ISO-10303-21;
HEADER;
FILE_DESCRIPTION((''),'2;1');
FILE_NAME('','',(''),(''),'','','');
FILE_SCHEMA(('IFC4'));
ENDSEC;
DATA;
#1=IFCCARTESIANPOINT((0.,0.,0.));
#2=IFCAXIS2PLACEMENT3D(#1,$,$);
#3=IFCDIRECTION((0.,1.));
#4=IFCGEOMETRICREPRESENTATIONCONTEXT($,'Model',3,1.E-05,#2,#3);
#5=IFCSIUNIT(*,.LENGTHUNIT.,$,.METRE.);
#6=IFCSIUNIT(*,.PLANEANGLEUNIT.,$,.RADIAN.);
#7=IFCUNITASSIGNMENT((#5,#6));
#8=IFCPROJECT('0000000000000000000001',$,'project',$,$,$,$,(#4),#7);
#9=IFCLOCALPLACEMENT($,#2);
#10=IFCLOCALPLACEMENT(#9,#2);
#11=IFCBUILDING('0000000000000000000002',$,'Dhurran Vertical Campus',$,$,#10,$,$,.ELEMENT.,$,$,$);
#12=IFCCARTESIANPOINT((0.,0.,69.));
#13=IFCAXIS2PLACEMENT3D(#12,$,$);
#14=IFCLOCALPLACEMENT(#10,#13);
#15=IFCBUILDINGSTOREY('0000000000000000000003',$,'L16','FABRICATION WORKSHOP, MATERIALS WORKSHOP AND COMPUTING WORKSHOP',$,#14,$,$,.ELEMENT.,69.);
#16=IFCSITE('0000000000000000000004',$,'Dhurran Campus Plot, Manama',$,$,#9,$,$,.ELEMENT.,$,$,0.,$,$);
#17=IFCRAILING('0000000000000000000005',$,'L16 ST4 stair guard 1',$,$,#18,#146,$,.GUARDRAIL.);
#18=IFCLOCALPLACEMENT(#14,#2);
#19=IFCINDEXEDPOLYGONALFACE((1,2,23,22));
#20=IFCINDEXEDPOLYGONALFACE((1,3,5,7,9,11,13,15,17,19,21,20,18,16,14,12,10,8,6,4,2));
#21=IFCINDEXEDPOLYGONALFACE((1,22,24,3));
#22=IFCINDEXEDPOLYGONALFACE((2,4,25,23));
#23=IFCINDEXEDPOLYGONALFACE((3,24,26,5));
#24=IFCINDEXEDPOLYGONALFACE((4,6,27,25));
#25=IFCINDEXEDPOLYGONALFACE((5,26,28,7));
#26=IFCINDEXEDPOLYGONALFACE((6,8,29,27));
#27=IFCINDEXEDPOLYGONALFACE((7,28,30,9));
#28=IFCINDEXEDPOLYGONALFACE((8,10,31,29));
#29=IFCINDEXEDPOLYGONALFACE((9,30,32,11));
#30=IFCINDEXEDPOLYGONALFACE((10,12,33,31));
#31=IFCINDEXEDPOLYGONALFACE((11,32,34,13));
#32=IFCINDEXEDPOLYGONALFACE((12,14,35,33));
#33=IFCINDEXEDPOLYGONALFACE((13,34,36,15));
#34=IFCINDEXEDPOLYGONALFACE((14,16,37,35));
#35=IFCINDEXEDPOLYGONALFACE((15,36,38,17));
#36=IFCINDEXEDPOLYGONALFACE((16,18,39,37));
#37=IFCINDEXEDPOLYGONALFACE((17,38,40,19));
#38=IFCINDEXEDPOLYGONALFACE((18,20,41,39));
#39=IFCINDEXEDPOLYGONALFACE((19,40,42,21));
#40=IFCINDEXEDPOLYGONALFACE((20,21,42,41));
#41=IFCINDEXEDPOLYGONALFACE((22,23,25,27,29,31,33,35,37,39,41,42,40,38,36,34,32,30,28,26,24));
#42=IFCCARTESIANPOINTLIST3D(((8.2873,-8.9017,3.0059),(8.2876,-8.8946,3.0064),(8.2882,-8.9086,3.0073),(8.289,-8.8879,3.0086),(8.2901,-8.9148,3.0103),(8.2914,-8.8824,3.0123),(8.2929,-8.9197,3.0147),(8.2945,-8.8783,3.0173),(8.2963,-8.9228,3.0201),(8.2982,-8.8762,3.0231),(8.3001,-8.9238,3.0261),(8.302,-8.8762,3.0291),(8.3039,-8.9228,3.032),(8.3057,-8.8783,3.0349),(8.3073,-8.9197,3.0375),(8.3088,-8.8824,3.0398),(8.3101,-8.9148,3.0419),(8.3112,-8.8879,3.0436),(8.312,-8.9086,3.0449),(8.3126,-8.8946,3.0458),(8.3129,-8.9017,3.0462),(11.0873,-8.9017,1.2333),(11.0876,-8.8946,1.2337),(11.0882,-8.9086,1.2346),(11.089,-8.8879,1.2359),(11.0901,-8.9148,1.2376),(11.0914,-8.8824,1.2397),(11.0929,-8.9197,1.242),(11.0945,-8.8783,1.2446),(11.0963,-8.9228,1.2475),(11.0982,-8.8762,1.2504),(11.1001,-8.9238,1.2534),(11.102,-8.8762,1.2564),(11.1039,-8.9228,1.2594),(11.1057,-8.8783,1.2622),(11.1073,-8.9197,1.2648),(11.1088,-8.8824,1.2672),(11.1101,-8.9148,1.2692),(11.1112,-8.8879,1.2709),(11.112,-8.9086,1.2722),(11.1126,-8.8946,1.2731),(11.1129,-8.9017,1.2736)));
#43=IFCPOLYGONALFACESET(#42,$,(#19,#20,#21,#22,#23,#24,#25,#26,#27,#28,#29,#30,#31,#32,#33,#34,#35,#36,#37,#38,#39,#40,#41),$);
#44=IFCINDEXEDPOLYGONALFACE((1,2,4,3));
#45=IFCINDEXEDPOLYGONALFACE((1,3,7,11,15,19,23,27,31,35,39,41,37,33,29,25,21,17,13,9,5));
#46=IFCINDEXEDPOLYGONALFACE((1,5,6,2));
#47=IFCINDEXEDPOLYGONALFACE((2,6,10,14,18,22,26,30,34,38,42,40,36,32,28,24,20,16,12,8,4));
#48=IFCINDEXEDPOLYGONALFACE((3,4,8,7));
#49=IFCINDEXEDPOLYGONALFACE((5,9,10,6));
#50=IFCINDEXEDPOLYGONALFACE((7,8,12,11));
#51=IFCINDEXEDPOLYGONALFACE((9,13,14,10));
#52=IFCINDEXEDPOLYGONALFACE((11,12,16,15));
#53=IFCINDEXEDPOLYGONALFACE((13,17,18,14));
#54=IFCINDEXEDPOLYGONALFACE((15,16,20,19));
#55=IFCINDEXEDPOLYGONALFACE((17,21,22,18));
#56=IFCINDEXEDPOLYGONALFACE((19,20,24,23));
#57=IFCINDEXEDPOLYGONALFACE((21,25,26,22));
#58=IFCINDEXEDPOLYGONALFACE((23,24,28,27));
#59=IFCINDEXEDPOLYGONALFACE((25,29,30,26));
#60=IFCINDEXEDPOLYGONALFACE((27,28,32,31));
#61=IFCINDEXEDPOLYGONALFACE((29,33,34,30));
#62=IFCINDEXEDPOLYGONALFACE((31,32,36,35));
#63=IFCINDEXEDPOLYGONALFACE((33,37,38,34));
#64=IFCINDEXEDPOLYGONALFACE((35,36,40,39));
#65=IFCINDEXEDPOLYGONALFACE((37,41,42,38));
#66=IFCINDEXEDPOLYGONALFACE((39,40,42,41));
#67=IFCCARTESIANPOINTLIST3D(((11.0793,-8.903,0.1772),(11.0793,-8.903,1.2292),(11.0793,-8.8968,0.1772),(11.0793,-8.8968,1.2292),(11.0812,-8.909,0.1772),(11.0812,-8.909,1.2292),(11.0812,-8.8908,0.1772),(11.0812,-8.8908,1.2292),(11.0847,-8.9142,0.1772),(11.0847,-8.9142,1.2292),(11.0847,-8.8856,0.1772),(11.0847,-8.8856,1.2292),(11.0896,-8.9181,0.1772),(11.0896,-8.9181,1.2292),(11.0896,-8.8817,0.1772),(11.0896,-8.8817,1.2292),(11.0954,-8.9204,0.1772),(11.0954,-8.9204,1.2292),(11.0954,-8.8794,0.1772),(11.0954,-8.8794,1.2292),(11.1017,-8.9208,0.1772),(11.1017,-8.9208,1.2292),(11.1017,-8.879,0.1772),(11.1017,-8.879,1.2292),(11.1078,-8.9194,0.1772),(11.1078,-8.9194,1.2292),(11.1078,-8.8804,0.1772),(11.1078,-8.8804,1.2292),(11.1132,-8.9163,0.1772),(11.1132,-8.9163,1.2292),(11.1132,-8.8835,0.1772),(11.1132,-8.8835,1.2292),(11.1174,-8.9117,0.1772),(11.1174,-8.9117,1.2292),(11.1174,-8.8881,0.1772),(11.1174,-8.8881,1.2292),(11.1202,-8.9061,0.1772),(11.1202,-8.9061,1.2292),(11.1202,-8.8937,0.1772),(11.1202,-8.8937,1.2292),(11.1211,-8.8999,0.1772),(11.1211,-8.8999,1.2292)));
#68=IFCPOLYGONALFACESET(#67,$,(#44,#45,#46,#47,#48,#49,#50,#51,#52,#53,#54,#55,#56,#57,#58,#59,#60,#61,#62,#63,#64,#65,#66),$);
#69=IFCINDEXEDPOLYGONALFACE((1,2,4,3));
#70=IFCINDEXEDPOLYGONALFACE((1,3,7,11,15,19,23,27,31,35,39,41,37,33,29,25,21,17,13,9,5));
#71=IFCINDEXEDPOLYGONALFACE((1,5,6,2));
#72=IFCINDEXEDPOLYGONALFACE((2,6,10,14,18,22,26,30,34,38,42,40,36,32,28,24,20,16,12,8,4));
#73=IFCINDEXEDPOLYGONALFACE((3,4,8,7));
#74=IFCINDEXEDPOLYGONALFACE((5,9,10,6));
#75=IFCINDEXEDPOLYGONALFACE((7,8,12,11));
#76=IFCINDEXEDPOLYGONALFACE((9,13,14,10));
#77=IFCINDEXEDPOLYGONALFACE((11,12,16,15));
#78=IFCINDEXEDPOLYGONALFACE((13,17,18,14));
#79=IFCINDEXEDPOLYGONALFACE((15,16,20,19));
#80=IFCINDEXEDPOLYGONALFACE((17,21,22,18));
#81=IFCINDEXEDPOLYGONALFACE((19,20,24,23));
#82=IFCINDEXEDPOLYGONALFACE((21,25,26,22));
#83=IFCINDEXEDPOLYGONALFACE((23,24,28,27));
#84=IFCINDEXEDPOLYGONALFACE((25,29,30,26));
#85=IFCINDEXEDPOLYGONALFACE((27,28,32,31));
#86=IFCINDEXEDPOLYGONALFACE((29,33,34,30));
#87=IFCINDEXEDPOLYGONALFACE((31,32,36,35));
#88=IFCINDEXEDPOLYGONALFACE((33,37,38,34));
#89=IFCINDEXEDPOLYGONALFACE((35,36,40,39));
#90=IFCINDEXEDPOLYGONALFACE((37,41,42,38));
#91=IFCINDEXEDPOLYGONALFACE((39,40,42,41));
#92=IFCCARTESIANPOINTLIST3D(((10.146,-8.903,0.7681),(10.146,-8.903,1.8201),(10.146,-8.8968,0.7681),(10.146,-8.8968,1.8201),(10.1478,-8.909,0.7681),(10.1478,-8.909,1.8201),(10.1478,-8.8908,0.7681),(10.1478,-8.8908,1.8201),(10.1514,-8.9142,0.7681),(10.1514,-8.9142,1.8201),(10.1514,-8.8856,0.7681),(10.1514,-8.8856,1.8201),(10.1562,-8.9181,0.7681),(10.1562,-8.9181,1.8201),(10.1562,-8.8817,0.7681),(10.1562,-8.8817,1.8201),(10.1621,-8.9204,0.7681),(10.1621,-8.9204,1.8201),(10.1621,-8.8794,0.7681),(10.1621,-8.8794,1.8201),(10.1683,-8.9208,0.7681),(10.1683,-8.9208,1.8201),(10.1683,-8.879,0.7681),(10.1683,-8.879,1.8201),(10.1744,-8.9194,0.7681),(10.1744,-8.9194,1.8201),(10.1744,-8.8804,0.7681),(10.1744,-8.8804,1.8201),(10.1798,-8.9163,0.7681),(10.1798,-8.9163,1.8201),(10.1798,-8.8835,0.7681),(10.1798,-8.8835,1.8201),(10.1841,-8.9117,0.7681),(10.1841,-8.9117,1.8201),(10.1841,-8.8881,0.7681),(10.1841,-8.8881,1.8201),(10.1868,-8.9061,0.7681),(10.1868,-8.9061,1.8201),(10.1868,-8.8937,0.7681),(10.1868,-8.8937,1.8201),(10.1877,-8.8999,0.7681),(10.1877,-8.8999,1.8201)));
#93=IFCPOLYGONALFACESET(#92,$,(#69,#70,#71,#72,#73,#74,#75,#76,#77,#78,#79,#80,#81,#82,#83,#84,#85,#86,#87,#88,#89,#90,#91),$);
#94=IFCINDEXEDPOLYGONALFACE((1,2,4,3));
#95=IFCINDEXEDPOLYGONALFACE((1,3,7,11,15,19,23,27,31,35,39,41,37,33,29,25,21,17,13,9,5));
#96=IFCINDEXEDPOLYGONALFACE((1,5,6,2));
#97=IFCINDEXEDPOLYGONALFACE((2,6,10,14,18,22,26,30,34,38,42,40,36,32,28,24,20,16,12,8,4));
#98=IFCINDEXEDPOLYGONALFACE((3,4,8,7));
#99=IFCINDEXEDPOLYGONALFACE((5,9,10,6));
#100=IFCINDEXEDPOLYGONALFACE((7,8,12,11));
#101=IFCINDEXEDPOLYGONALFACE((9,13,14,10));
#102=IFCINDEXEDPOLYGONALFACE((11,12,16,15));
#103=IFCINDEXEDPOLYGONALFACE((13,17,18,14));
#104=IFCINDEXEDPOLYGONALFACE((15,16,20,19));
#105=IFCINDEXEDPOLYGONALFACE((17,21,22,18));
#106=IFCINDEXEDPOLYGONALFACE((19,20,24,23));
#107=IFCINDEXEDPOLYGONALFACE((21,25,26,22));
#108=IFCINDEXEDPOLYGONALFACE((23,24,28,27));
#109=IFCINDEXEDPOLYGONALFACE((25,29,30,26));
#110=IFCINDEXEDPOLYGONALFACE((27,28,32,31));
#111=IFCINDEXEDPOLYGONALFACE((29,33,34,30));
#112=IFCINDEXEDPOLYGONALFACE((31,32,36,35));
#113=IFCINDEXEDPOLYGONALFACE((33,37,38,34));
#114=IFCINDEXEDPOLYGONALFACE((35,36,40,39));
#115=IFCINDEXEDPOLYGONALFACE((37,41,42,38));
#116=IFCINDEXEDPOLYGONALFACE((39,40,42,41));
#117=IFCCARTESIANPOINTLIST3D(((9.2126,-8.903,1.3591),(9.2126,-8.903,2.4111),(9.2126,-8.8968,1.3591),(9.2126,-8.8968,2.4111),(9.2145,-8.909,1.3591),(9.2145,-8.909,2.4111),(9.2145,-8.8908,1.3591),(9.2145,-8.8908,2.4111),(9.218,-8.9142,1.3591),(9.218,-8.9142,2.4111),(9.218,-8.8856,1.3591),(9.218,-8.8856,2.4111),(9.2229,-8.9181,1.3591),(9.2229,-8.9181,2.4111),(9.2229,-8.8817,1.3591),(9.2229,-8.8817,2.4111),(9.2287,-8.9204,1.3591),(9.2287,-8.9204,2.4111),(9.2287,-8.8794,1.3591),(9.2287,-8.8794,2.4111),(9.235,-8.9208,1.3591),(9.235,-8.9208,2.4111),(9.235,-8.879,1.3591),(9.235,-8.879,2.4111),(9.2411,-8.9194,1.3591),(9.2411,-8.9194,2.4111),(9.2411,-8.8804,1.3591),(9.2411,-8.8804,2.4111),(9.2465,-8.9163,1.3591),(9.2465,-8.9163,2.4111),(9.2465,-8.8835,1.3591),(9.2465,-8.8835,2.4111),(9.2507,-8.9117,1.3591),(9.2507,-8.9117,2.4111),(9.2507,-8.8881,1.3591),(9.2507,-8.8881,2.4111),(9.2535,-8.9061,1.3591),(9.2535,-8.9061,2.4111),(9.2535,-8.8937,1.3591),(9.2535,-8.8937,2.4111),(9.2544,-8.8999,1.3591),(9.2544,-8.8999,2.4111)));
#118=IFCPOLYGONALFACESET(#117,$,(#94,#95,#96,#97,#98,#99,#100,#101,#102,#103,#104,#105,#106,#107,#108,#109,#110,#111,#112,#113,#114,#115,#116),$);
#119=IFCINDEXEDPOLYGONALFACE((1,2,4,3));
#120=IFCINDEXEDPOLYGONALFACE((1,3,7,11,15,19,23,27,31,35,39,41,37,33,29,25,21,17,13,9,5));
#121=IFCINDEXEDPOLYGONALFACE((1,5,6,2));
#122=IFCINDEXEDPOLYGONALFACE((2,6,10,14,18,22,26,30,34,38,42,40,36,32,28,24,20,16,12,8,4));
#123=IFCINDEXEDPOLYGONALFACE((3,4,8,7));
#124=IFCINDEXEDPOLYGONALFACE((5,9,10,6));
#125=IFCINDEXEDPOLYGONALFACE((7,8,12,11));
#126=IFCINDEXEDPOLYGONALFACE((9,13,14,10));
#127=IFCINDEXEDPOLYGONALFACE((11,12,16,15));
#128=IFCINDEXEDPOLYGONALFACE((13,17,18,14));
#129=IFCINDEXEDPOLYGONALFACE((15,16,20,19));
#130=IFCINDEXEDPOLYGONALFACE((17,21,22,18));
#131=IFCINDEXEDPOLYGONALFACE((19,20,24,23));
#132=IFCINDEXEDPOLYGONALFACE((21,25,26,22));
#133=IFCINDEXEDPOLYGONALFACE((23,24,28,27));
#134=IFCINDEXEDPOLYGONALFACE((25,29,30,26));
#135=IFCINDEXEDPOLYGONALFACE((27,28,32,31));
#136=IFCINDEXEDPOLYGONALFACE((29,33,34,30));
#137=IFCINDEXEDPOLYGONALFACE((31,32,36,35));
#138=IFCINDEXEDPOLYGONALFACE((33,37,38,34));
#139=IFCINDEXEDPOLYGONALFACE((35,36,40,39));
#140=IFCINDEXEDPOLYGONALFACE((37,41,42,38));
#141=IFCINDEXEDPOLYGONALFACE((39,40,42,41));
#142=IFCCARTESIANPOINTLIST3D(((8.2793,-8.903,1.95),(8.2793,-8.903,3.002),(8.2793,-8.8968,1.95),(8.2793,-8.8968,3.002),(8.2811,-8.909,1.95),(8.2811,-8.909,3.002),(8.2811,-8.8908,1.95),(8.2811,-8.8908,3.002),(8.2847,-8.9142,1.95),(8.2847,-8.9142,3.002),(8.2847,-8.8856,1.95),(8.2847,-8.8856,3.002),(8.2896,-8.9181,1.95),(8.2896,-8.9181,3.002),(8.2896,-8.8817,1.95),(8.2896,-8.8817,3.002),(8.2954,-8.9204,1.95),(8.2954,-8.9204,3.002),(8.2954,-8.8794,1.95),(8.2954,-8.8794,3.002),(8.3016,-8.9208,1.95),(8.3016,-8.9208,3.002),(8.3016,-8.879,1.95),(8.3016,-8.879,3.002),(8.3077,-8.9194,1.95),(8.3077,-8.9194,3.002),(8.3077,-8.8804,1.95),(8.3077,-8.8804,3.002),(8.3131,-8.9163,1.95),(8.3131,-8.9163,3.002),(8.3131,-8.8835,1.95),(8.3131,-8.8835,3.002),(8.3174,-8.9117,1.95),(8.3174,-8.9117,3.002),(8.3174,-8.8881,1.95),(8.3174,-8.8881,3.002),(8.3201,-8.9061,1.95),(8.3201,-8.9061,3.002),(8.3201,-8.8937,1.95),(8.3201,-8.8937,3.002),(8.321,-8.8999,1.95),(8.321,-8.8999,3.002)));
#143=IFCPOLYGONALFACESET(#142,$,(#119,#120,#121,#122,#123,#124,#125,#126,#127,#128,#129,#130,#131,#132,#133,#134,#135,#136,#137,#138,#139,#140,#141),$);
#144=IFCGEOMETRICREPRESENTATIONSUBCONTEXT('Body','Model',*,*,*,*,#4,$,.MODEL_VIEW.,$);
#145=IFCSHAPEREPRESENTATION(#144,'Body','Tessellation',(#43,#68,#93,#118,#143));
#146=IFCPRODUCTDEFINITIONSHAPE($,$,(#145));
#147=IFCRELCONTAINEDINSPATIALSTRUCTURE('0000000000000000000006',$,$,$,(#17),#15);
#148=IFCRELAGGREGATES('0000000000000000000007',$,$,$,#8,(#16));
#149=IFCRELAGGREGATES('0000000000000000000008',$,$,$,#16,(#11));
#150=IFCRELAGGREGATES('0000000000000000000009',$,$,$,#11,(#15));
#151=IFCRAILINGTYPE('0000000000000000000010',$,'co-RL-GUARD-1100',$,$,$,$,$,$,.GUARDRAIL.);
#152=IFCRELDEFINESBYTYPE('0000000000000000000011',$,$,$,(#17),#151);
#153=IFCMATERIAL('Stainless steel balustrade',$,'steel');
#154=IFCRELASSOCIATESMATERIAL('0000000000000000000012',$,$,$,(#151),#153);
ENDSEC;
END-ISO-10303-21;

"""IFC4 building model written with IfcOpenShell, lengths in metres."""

from ifc_helpers import new_model, si_unit, direction, frame, origin, origin_2d, place, context, subcontext, project, spatial, circle, extrude, material, type_object, element, save


model = new_model("IFC4")

# Units and contexts
model_context = context("Model", 3, precision=1e-05, world=origin(), true_north=direction((0.0, 1.0)))
body_context = subcontext(model_context, "Body", "Model", "MODEL_VIEW")
ifc_project = project(units=[si_unit("LENGTHUNIT", "METRE"), si_unit("PLANEANGLEUNIT", "RADIAN")], contexts=[model_context])

# Site, building, storey
site_placement = place(None, origin())
site = spatial("IfcSite", under=ifc_project, at=site_placement, Name="Dhurran Campus Plot, Manama", CompositionType="ELEMENT", RefElevation=0.0)
building_placement = place(site_placement, origin())
building = spatial("IfcBuilding", under=site, at=building_placement, Name="Dhurran Vertical Campus", CompositionType="ELEMENT")
storey_placement = place(building_placement, frame((0.0, 0.0, 69.0)))
storey = spatial("IfcBuildingStorey", under=building, at=storey_placement, Name="L16", Description="FABRICATION WORKSHOP, MATERIALS WORKSHOP AND COMPUTING WORKSHOP", CompositionType="ELEMENT", Elevation=69.0)

# Railing
ifc_material_1 = material(Name="Stainless steel balustrade", Category="steel")
railing_type_1 = type_object("IfcRailingType", Name="co-RL-GUARD-1100", PredefinedType="GUARDRAIL", material=ifc_material_1)
railing_1_placement = place(storey_placement, frame((11.1001, -8.8999, 0.1772)))
element("IfcRailing", 1, at=railing_1_placement, inside=storey, type_object=railing_type_1, Name="L16 ST4 stair guard 1", PredefinedType="GUARDRAIL", context=body_context, shape_type="SweptSolid", body=[
    extrude(circle(Radius=0.0239, at=origin_2d()), frame((0.0, 0.0, 1.0762), z_axis=(-0.844909, 0.0, 0.53491), x_axis=(0.0, -1.0, 0.0)), (0.0, 0.0, 1.0), 3.314),
    extrude(circle(Radius=0.021, at=origin_2d()), origin(), (0.0, 0.0, 1.0), 1.052),
    extrude(circle(Radius=0.021, at=origin_2d()), frame((-0.9333, 0.0, 0.5908)), (0.0, 0.0, 1.0), 1.052),
    extrude(circle(Radius=0.021, at=origin_2d()), frame((-1.8667, 0.0, 1.1819)), (0.0, 0.0, 1.0), 1.052),
    extrude(circle(Radius=0.021, at=origin_2d()), frame((-2.8, 0.0, 1.7727)), (0.0, 0.0, 1.0), 1.052),
])

save(model, "model.ifc")
